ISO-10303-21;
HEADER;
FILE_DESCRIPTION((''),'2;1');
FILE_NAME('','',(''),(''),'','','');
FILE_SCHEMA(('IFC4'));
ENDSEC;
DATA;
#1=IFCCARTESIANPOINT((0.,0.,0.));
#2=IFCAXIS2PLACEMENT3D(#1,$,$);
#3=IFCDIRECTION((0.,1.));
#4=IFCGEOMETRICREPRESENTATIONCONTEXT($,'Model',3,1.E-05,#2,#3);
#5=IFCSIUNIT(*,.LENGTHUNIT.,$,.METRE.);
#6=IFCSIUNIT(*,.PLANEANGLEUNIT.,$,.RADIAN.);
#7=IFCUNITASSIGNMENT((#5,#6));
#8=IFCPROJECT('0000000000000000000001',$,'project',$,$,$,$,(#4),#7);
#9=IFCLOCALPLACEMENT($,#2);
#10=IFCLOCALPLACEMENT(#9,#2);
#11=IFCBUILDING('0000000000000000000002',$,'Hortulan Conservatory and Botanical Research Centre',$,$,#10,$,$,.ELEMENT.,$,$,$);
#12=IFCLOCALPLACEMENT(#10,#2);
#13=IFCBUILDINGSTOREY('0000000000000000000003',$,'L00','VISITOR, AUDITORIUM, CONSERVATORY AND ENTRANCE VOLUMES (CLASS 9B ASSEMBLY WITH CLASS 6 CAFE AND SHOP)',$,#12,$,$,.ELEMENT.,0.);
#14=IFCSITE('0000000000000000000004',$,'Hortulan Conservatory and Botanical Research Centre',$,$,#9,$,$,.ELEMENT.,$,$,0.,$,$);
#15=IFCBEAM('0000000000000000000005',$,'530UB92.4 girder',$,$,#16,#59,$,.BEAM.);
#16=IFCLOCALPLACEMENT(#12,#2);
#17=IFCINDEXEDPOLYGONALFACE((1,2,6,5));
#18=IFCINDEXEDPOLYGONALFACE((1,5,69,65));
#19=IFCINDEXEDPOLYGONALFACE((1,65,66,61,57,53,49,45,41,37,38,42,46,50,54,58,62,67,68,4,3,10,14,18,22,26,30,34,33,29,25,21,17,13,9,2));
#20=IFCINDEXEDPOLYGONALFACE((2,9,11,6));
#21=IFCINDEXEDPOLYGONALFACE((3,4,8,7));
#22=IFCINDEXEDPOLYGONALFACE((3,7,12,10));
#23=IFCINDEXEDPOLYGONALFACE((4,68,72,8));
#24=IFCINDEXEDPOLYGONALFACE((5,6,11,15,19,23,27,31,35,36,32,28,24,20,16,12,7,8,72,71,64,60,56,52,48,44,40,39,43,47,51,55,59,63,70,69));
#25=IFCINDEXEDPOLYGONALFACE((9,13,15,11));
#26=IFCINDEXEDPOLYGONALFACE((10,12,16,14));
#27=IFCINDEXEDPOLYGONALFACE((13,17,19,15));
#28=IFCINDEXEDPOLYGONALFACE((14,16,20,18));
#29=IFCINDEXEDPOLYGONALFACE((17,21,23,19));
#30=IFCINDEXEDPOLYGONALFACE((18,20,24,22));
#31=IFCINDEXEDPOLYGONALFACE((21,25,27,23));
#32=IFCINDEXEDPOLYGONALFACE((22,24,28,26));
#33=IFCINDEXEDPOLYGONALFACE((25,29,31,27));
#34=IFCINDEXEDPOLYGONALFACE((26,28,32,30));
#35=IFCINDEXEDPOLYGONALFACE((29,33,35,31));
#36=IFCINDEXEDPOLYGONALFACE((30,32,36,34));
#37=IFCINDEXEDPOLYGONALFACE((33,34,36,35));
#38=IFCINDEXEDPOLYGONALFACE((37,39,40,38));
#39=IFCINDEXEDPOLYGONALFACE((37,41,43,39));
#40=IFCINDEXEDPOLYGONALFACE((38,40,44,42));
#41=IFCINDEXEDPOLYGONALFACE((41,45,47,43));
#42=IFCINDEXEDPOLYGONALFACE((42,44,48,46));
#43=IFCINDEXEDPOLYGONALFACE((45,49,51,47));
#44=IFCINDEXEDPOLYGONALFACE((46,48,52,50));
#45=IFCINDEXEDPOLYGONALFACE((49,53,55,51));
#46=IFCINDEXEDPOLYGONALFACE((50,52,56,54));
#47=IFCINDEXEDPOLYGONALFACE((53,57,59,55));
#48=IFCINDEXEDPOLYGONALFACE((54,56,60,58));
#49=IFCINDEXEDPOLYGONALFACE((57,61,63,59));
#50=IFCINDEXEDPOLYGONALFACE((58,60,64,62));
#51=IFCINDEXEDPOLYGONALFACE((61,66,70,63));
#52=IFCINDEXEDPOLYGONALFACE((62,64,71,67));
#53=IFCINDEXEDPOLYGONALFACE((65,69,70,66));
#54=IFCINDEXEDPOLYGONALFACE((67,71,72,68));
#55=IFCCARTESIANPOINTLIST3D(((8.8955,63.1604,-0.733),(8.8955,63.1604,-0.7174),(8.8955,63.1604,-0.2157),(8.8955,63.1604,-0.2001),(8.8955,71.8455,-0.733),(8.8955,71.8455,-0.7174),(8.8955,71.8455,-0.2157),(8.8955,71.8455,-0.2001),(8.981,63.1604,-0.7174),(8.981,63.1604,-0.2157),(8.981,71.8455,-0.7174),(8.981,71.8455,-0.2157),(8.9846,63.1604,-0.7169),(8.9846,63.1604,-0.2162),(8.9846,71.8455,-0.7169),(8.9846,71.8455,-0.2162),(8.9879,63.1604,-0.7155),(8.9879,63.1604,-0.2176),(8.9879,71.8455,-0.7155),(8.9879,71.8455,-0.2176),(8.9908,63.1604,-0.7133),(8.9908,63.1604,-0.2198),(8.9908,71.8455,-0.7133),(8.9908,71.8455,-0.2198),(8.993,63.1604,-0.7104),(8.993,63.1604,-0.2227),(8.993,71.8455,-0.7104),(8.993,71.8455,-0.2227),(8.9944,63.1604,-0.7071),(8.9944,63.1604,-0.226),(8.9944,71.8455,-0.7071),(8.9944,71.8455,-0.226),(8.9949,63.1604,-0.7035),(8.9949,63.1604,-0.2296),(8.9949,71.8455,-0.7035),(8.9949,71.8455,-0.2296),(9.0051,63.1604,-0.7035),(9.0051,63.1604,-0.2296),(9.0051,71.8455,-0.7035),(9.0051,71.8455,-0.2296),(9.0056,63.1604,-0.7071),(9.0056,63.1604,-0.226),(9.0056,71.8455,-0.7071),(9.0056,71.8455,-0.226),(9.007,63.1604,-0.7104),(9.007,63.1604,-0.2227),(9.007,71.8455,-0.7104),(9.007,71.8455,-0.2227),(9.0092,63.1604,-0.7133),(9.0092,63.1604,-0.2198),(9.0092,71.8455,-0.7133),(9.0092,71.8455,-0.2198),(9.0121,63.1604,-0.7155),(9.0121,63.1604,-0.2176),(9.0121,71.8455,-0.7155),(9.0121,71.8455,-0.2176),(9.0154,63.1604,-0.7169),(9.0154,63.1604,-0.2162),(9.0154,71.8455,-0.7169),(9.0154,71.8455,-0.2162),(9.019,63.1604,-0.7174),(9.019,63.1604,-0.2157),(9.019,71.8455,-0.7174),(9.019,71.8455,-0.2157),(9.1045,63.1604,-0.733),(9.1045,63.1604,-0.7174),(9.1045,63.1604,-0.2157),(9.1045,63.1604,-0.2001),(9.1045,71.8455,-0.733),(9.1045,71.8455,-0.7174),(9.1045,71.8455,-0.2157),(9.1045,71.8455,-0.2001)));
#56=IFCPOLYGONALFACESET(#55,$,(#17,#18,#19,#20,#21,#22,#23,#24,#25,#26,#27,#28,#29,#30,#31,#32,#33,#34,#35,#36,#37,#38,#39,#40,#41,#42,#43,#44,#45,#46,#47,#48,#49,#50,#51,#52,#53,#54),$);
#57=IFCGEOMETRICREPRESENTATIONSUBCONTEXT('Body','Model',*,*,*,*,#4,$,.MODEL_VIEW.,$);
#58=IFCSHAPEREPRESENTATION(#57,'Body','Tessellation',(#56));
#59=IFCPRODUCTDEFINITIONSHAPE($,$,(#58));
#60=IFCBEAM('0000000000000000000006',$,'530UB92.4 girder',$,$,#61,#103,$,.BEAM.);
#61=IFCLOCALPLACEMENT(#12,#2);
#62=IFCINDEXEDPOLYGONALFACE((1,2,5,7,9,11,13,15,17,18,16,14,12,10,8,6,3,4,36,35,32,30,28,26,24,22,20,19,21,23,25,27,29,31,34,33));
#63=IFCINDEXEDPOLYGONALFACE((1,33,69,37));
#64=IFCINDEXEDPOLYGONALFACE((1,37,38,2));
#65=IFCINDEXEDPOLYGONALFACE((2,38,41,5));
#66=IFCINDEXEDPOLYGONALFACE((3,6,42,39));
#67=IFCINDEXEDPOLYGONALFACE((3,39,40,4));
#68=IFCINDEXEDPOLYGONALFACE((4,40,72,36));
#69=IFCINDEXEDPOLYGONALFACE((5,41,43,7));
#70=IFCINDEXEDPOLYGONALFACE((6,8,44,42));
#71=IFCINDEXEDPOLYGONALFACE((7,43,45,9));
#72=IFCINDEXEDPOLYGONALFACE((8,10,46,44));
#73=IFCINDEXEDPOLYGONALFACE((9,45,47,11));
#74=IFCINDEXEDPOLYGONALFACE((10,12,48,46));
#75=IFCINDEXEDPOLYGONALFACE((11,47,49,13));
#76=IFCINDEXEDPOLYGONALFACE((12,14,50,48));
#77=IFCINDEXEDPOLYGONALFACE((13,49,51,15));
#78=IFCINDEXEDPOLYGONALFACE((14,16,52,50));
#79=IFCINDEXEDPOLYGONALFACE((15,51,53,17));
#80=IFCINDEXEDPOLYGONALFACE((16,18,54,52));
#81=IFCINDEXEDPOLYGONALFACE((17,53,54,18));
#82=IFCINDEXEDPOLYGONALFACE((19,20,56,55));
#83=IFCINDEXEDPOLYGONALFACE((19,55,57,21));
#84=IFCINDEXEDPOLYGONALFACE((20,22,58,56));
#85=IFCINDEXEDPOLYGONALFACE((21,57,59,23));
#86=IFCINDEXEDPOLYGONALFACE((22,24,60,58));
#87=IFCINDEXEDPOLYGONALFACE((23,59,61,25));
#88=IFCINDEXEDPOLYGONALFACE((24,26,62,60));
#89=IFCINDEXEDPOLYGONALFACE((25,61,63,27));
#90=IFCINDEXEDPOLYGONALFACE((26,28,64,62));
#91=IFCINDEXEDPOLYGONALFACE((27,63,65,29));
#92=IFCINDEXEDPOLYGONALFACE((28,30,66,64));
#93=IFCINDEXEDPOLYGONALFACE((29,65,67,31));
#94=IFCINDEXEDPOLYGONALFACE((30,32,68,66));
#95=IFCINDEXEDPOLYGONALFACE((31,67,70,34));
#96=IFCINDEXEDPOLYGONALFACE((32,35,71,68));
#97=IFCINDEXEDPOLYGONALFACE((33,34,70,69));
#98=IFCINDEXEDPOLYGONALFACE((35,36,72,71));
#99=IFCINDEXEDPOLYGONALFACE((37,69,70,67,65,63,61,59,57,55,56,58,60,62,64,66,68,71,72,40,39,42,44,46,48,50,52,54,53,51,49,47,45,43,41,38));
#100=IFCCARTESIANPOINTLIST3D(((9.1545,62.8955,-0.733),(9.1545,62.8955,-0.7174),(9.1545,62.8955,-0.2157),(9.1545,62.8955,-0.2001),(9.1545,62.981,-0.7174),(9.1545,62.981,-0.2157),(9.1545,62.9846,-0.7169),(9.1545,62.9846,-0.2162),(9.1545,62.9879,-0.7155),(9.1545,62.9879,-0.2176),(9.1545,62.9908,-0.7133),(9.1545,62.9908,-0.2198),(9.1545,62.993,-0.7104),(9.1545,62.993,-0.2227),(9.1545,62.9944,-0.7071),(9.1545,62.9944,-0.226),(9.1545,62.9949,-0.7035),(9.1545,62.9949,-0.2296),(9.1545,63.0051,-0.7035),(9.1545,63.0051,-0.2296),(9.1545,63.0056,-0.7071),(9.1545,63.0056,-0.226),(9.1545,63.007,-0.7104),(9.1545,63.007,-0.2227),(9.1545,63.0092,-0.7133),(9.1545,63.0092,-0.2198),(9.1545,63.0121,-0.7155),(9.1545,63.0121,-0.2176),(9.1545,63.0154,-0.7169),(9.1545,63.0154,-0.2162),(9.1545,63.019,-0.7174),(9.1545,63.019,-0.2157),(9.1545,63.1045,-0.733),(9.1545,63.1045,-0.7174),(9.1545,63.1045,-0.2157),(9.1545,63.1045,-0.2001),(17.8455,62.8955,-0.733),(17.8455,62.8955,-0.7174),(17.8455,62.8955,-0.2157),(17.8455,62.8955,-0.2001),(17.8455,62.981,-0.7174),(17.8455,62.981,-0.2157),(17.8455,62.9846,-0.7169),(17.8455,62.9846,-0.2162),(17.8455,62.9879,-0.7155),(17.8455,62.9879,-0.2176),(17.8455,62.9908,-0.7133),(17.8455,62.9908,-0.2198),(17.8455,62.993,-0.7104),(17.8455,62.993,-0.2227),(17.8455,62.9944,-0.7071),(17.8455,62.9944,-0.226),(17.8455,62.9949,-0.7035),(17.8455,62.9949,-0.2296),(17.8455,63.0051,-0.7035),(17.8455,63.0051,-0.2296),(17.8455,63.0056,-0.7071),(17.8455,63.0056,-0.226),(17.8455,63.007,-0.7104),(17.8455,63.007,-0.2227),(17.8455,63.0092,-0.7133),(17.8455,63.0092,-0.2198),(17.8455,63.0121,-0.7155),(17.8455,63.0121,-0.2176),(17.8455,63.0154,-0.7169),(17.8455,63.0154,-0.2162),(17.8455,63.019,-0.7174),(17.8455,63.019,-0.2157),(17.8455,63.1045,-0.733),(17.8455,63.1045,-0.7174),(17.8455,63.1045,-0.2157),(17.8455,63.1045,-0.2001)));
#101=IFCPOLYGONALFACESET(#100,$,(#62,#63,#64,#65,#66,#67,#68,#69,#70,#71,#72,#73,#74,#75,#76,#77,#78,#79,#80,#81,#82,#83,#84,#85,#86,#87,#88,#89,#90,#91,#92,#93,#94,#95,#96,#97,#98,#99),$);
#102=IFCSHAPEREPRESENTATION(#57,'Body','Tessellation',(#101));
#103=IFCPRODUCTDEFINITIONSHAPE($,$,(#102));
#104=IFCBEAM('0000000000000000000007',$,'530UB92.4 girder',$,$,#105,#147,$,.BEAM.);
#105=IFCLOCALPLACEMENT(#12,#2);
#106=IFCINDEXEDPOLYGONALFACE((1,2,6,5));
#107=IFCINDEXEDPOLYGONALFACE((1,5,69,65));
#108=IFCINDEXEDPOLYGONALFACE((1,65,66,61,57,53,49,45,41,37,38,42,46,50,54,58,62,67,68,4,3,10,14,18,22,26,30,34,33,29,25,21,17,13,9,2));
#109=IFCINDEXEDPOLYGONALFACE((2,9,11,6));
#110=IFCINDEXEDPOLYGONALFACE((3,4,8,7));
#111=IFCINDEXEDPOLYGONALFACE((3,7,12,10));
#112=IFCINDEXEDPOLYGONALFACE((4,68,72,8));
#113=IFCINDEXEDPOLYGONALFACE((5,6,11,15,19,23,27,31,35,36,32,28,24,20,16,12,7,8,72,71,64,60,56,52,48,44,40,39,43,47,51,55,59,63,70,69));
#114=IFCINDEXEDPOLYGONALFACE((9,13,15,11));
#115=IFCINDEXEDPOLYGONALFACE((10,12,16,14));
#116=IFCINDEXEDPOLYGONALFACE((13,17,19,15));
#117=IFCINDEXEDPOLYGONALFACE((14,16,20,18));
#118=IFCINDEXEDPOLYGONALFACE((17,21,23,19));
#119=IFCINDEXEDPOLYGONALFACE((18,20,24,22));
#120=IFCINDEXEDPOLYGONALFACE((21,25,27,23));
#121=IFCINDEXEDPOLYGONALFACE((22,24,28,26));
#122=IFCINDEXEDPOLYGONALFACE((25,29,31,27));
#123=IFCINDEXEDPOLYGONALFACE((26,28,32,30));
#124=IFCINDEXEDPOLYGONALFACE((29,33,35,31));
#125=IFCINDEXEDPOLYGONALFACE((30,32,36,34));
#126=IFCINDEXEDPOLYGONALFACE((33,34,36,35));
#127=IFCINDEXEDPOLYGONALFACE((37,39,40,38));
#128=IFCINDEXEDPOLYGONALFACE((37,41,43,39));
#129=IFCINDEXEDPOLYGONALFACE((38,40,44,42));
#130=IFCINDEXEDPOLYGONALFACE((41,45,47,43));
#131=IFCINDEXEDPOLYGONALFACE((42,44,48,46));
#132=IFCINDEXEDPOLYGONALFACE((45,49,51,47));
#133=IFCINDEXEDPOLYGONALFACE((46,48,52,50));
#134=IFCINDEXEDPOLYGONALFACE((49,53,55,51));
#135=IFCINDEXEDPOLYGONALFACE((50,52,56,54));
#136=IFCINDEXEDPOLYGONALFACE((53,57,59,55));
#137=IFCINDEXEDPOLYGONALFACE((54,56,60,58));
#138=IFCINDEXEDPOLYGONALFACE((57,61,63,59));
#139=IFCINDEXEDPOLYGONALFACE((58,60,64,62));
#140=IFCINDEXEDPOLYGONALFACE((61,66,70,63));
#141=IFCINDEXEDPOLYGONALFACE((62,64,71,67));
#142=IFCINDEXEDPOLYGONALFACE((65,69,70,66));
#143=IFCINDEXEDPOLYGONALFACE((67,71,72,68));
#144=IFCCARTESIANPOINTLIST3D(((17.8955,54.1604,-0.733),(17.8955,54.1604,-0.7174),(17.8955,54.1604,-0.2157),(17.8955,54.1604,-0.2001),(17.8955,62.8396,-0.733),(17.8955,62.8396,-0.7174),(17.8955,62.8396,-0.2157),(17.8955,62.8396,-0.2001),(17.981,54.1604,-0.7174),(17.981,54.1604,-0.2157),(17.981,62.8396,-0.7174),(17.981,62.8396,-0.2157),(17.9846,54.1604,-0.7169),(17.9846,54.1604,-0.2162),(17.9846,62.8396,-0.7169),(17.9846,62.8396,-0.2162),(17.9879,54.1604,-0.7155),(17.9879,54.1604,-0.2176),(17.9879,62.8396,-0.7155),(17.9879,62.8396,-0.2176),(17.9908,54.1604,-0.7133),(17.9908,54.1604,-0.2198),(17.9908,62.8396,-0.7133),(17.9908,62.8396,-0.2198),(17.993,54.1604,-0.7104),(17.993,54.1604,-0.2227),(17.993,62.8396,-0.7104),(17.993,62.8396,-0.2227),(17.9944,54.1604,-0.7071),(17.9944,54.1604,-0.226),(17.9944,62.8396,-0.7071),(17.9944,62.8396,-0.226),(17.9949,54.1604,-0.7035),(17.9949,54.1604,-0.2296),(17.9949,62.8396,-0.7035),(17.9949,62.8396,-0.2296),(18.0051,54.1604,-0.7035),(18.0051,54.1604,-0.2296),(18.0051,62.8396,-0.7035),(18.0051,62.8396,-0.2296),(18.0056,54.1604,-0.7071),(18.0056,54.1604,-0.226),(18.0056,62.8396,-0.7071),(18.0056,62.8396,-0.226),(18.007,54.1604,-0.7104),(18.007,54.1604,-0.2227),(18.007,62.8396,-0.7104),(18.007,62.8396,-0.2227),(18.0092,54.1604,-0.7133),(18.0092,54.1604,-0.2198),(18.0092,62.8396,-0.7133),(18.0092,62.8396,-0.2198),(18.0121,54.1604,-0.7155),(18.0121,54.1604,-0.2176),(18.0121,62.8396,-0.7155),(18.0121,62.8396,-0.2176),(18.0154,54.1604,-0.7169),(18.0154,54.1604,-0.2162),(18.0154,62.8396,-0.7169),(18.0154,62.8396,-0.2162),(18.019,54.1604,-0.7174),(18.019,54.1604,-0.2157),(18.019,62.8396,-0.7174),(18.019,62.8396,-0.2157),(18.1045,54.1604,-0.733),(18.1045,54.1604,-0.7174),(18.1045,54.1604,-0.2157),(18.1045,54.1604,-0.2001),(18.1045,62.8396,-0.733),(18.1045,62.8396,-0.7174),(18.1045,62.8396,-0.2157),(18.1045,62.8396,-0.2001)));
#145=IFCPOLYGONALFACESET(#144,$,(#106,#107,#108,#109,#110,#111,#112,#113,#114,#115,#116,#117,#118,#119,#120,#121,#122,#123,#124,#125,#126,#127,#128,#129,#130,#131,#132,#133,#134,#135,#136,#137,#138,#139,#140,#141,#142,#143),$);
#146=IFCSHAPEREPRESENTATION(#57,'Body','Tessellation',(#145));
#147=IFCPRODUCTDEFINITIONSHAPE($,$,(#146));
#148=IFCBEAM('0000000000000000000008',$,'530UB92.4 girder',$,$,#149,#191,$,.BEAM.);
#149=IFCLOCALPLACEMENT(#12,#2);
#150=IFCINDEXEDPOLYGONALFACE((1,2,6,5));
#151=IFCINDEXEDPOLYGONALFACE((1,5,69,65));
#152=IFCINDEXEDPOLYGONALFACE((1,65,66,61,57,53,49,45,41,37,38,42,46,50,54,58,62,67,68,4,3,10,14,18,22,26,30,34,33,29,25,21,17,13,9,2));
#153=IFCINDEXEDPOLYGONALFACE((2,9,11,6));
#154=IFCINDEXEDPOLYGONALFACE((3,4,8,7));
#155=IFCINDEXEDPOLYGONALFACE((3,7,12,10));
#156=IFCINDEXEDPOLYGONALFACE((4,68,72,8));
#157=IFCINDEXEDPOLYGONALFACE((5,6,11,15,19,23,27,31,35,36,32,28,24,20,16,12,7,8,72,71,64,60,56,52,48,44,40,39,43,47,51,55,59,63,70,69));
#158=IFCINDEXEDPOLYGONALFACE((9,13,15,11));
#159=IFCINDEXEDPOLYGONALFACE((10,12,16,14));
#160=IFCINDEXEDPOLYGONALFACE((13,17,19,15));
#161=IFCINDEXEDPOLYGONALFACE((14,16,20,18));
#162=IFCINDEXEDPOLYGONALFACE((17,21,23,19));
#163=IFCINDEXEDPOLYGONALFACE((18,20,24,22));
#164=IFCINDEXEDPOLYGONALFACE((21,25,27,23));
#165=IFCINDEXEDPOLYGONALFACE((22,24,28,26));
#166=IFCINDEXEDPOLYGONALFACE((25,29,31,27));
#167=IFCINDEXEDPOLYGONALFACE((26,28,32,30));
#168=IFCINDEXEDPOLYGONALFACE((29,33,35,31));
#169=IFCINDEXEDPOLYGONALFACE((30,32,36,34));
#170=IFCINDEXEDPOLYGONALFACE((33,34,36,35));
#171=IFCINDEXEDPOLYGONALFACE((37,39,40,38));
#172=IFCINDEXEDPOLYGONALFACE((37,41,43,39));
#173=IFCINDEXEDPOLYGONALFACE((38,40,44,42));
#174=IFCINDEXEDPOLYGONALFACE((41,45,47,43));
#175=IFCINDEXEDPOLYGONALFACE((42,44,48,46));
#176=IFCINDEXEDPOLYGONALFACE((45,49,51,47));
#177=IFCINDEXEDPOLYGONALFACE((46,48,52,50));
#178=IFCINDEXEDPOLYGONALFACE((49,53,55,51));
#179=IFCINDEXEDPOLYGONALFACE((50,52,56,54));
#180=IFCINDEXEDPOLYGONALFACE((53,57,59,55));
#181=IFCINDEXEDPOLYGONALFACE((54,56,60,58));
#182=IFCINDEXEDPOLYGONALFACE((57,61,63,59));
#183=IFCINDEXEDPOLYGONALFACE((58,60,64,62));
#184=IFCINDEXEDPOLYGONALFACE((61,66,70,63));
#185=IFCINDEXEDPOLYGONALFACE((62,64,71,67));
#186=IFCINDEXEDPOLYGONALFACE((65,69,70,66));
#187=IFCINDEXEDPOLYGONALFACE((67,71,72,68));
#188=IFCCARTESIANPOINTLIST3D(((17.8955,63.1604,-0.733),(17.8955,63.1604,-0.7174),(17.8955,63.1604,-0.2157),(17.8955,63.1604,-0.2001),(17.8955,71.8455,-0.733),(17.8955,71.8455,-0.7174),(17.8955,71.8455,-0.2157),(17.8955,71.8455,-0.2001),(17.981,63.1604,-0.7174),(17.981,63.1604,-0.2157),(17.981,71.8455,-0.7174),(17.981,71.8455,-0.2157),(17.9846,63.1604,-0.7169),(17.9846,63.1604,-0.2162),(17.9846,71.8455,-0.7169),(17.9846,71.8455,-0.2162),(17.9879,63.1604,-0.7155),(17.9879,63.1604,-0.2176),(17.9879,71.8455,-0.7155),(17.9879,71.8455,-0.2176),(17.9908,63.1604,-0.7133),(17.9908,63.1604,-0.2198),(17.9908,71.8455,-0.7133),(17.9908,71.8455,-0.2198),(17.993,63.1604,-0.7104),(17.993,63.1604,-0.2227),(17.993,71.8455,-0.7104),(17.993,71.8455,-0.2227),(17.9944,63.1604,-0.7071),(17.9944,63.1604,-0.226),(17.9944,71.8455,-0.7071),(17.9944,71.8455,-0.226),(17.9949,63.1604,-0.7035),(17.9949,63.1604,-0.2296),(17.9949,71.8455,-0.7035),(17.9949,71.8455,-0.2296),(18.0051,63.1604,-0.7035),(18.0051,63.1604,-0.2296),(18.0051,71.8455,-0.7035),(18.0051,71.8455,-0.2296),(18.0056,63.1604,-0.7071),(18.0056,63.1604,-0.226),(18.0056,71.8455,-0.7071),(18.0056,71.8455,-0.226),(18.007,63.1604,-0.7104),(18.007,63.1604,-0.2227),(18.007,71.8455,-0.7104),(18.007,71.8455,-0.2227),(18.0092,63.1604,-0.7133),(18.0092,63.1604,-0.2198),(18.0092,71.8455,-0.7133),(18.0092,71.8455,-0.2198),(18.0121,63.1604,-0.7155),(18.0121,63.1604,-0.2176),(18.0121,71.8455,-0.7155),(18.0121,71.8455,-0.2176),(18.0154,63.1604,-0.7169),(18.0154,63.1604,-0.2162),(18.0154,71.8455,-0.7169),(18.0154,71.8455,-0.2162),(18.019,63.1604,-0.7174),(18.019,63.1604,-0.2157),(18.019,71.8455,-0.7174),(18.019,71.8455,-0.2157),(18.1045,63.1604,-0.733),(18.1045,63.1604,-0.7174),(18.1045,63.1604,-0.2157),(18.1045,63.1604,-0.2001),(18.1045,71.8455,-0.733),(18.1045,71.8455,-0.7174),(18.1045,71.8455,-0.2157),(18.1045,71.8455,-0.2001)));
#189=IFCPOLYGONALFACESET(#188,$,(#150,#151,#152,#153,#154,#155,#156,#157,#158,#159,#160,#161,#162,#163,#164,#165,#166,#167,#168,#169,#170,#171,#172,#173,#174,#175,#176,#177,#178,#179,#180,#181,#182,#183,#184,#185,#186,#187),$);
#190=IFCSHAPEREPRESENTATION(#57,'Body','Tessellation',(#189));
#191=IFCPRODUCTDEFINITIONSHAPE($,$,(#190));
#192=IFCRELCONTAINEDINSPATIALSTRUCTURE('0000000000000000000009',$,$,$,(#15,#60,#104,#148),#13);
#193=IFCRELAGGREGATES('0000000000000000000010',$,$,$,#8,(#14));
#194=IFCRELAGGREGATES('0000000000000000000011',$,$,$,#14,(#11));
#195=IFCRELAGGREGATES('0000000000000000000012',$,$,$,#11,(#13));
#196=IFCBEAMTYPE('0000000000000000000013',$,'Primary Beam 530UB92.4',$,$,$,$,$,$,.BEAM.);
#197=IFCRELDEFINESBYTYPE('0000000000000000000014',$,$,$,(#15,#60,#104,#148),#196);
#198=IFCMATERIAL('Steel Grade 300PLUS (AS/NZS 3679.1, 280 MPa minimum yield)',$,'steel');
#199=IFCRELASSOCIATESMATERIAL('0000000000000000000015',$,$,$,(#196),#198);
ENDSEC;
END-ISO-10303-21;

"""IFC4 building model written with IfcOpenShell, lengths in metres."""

from ifc_helpers import new_model, si_unit, direction, frame, origin, origin_2d, place, context, subcontext, project, spatial, i_section, extrude, material, material_profile, profile_set, type_object, element, save


model = new_model("IFC4")

# Units and contexts
model_context = context("Model", 3, precision=1e-05, world=origin(), true_north=direction((0.0, 1.0)))
body_context = subcontext(model_context, "Body", "Model", "MODEL_VIEW")
ifc_project = project(units=[si_unit("LENGTHUNIT", "METRE"), si_unit("PLANEANGLEUNIT", "RADIAN")], contexts=[model_context])

# Site, building, storey
site_placement = place(None, origin())
site = spatial("IfcSite", under=ifc_project, at=site_placement, Name="Hortulan Conservatory and Botanical Research Centre", CompositionType="ELEMENT", RefElevation=0.0)
building_placement = place(site_placement, origin())
building = spatial("IfcBuilding", under=site, at=building_placement, Name="Hortulan Conservatory and Botanical Research Centre", CompositionType="ELEMENT")
storey_placement = place(building_placement, origin())
storey = spatial("IfcBuildingStorey", under=building, at=storey_placement, Name="L00", Description="VISITOR, AUDITORIUM, CONSERVATORY AND ENTRANCE VOLUMES (CLASS 9B ASSEMBLY WITH CLASS 6 CAFE AND SHOP)", CompositionType="ELEMENT", Elevation=0.0)

# Shared definitions
ifc_material_1 = material(Name="Steel Grade 300PLUS (AS/NZS 3679.1, 280 MPa minimum yield)", Category="steel")

# Beams
ifc_material_profile_1 = material_profile(ifc_material_1, i_section(OverallWidth=0.209, OverallDepth=0.533, WebThickness=0.0103, FlangeThickness=0.0156, FilletRadius=0.0139, at=origin_2d()), Name="530UB92.4")
ifc_profile_set_1 = profile_set([ifc_material_profile_1], Name="Steel Grade 300PLUS (AS/NZS 3679.1, 280 MPa minimum yield)")
beam_type_1 = type_object("IfcBeamType", Name="Primary Beam 530UB92.4", PredefinedType="BEAM", material=ifc_profile_set_1)
beam_1_placement = place(storey_placement, frame((9.0, 63.1604, -0.4666), z_axis=(0.0, 1.0, 0.0), x_axis=(-1.0, 0.0, 0.0)))
element("IfcBeam", 1, at=beam_1_placement, inside=storey, type_object=beam_type_1, Name="530UB92.4 girder", PredefinedType="BEAM", context=body_context, shape_type="SweptSolid", body=[
    extrude(i_section(OverallWidth=0.209, OverallDepth=0.533, WebThickness=0.0103, FlangeThickness=0.0156, FilletRadius=0.0139, at=origin_2d()), origin(), (0.0, 0.0, 1.0), 8.6851),
])
beam_2_placement = place(storey_placement, frame((9.1545, 63.0, -0.4666), z_axis=(1.0, 0.0, 0.0), x_axis=(0.0, 1.0, 0.0)))
element("IfcBeam", 2, at=beam_2_placement, inside=storey, type_object=beam_type_1, Name="530UB92.4 girder", PredefinedType="BEAM", context=body_context, shape_type="SweptSolid", body=[
    extrude(i_section(OverallWidth=0.209, OverallDepth=0.533, WebThickness=0.0103, FlangeThickness=0.0156, FilletRadius=0.0139, at=origin_2d()), origin(), (0.0, 0.0, 1.0), 8.6909),
])
beam_3_placement = place(storey_placement, frame((18.0, 54.1604, -0.4666), z_axis=(0.0, 1.0, 0.0), x_axis=(-1.0, 0.0, 0.0)))
element("IfcBeam", 3, at=beam_3_placement, inside=storey, type_object=beam_type_1, Name="530UB92.4 girder", PredefinedType="BEAM", context=body_context, shape_type="SweptSolid", body=[
    extrude(i_section(OverallWidth=0.209, OverallDepth=0.533, WebThickness=0.0103, FlangeThickness=0.0156, FilletRadius=0.0139, at=origin_2d()), origin(), (0.0, 0.0, 1.0), 8.6792),
])
beam_4_placement = place(storey_placement, frame((18.0, 63.1604, -0.4666), z_axis=(0.0, 1.0, 0.0), x_axis=(-1.0, 0.0, 0.0)))
element("IfcBeam", 4, at=beam_4_placement, inside=storey, type_object=beam_type_1, Name="530UB92.4 girder", PredefinedType="BEAM", context=body_context, shape_type="SweptSolid", body=[
    extrude(i_section(OverallWidth=0.209, OverallDepth=0.533, WebThickness=0.0103, FlangeThickness=0.0156, FilletRadius=0.0139, at=origin_2d()), origin(), (0.0, 0.0, 1.0), 8.6851),
])

save(model, "model.ifc")
